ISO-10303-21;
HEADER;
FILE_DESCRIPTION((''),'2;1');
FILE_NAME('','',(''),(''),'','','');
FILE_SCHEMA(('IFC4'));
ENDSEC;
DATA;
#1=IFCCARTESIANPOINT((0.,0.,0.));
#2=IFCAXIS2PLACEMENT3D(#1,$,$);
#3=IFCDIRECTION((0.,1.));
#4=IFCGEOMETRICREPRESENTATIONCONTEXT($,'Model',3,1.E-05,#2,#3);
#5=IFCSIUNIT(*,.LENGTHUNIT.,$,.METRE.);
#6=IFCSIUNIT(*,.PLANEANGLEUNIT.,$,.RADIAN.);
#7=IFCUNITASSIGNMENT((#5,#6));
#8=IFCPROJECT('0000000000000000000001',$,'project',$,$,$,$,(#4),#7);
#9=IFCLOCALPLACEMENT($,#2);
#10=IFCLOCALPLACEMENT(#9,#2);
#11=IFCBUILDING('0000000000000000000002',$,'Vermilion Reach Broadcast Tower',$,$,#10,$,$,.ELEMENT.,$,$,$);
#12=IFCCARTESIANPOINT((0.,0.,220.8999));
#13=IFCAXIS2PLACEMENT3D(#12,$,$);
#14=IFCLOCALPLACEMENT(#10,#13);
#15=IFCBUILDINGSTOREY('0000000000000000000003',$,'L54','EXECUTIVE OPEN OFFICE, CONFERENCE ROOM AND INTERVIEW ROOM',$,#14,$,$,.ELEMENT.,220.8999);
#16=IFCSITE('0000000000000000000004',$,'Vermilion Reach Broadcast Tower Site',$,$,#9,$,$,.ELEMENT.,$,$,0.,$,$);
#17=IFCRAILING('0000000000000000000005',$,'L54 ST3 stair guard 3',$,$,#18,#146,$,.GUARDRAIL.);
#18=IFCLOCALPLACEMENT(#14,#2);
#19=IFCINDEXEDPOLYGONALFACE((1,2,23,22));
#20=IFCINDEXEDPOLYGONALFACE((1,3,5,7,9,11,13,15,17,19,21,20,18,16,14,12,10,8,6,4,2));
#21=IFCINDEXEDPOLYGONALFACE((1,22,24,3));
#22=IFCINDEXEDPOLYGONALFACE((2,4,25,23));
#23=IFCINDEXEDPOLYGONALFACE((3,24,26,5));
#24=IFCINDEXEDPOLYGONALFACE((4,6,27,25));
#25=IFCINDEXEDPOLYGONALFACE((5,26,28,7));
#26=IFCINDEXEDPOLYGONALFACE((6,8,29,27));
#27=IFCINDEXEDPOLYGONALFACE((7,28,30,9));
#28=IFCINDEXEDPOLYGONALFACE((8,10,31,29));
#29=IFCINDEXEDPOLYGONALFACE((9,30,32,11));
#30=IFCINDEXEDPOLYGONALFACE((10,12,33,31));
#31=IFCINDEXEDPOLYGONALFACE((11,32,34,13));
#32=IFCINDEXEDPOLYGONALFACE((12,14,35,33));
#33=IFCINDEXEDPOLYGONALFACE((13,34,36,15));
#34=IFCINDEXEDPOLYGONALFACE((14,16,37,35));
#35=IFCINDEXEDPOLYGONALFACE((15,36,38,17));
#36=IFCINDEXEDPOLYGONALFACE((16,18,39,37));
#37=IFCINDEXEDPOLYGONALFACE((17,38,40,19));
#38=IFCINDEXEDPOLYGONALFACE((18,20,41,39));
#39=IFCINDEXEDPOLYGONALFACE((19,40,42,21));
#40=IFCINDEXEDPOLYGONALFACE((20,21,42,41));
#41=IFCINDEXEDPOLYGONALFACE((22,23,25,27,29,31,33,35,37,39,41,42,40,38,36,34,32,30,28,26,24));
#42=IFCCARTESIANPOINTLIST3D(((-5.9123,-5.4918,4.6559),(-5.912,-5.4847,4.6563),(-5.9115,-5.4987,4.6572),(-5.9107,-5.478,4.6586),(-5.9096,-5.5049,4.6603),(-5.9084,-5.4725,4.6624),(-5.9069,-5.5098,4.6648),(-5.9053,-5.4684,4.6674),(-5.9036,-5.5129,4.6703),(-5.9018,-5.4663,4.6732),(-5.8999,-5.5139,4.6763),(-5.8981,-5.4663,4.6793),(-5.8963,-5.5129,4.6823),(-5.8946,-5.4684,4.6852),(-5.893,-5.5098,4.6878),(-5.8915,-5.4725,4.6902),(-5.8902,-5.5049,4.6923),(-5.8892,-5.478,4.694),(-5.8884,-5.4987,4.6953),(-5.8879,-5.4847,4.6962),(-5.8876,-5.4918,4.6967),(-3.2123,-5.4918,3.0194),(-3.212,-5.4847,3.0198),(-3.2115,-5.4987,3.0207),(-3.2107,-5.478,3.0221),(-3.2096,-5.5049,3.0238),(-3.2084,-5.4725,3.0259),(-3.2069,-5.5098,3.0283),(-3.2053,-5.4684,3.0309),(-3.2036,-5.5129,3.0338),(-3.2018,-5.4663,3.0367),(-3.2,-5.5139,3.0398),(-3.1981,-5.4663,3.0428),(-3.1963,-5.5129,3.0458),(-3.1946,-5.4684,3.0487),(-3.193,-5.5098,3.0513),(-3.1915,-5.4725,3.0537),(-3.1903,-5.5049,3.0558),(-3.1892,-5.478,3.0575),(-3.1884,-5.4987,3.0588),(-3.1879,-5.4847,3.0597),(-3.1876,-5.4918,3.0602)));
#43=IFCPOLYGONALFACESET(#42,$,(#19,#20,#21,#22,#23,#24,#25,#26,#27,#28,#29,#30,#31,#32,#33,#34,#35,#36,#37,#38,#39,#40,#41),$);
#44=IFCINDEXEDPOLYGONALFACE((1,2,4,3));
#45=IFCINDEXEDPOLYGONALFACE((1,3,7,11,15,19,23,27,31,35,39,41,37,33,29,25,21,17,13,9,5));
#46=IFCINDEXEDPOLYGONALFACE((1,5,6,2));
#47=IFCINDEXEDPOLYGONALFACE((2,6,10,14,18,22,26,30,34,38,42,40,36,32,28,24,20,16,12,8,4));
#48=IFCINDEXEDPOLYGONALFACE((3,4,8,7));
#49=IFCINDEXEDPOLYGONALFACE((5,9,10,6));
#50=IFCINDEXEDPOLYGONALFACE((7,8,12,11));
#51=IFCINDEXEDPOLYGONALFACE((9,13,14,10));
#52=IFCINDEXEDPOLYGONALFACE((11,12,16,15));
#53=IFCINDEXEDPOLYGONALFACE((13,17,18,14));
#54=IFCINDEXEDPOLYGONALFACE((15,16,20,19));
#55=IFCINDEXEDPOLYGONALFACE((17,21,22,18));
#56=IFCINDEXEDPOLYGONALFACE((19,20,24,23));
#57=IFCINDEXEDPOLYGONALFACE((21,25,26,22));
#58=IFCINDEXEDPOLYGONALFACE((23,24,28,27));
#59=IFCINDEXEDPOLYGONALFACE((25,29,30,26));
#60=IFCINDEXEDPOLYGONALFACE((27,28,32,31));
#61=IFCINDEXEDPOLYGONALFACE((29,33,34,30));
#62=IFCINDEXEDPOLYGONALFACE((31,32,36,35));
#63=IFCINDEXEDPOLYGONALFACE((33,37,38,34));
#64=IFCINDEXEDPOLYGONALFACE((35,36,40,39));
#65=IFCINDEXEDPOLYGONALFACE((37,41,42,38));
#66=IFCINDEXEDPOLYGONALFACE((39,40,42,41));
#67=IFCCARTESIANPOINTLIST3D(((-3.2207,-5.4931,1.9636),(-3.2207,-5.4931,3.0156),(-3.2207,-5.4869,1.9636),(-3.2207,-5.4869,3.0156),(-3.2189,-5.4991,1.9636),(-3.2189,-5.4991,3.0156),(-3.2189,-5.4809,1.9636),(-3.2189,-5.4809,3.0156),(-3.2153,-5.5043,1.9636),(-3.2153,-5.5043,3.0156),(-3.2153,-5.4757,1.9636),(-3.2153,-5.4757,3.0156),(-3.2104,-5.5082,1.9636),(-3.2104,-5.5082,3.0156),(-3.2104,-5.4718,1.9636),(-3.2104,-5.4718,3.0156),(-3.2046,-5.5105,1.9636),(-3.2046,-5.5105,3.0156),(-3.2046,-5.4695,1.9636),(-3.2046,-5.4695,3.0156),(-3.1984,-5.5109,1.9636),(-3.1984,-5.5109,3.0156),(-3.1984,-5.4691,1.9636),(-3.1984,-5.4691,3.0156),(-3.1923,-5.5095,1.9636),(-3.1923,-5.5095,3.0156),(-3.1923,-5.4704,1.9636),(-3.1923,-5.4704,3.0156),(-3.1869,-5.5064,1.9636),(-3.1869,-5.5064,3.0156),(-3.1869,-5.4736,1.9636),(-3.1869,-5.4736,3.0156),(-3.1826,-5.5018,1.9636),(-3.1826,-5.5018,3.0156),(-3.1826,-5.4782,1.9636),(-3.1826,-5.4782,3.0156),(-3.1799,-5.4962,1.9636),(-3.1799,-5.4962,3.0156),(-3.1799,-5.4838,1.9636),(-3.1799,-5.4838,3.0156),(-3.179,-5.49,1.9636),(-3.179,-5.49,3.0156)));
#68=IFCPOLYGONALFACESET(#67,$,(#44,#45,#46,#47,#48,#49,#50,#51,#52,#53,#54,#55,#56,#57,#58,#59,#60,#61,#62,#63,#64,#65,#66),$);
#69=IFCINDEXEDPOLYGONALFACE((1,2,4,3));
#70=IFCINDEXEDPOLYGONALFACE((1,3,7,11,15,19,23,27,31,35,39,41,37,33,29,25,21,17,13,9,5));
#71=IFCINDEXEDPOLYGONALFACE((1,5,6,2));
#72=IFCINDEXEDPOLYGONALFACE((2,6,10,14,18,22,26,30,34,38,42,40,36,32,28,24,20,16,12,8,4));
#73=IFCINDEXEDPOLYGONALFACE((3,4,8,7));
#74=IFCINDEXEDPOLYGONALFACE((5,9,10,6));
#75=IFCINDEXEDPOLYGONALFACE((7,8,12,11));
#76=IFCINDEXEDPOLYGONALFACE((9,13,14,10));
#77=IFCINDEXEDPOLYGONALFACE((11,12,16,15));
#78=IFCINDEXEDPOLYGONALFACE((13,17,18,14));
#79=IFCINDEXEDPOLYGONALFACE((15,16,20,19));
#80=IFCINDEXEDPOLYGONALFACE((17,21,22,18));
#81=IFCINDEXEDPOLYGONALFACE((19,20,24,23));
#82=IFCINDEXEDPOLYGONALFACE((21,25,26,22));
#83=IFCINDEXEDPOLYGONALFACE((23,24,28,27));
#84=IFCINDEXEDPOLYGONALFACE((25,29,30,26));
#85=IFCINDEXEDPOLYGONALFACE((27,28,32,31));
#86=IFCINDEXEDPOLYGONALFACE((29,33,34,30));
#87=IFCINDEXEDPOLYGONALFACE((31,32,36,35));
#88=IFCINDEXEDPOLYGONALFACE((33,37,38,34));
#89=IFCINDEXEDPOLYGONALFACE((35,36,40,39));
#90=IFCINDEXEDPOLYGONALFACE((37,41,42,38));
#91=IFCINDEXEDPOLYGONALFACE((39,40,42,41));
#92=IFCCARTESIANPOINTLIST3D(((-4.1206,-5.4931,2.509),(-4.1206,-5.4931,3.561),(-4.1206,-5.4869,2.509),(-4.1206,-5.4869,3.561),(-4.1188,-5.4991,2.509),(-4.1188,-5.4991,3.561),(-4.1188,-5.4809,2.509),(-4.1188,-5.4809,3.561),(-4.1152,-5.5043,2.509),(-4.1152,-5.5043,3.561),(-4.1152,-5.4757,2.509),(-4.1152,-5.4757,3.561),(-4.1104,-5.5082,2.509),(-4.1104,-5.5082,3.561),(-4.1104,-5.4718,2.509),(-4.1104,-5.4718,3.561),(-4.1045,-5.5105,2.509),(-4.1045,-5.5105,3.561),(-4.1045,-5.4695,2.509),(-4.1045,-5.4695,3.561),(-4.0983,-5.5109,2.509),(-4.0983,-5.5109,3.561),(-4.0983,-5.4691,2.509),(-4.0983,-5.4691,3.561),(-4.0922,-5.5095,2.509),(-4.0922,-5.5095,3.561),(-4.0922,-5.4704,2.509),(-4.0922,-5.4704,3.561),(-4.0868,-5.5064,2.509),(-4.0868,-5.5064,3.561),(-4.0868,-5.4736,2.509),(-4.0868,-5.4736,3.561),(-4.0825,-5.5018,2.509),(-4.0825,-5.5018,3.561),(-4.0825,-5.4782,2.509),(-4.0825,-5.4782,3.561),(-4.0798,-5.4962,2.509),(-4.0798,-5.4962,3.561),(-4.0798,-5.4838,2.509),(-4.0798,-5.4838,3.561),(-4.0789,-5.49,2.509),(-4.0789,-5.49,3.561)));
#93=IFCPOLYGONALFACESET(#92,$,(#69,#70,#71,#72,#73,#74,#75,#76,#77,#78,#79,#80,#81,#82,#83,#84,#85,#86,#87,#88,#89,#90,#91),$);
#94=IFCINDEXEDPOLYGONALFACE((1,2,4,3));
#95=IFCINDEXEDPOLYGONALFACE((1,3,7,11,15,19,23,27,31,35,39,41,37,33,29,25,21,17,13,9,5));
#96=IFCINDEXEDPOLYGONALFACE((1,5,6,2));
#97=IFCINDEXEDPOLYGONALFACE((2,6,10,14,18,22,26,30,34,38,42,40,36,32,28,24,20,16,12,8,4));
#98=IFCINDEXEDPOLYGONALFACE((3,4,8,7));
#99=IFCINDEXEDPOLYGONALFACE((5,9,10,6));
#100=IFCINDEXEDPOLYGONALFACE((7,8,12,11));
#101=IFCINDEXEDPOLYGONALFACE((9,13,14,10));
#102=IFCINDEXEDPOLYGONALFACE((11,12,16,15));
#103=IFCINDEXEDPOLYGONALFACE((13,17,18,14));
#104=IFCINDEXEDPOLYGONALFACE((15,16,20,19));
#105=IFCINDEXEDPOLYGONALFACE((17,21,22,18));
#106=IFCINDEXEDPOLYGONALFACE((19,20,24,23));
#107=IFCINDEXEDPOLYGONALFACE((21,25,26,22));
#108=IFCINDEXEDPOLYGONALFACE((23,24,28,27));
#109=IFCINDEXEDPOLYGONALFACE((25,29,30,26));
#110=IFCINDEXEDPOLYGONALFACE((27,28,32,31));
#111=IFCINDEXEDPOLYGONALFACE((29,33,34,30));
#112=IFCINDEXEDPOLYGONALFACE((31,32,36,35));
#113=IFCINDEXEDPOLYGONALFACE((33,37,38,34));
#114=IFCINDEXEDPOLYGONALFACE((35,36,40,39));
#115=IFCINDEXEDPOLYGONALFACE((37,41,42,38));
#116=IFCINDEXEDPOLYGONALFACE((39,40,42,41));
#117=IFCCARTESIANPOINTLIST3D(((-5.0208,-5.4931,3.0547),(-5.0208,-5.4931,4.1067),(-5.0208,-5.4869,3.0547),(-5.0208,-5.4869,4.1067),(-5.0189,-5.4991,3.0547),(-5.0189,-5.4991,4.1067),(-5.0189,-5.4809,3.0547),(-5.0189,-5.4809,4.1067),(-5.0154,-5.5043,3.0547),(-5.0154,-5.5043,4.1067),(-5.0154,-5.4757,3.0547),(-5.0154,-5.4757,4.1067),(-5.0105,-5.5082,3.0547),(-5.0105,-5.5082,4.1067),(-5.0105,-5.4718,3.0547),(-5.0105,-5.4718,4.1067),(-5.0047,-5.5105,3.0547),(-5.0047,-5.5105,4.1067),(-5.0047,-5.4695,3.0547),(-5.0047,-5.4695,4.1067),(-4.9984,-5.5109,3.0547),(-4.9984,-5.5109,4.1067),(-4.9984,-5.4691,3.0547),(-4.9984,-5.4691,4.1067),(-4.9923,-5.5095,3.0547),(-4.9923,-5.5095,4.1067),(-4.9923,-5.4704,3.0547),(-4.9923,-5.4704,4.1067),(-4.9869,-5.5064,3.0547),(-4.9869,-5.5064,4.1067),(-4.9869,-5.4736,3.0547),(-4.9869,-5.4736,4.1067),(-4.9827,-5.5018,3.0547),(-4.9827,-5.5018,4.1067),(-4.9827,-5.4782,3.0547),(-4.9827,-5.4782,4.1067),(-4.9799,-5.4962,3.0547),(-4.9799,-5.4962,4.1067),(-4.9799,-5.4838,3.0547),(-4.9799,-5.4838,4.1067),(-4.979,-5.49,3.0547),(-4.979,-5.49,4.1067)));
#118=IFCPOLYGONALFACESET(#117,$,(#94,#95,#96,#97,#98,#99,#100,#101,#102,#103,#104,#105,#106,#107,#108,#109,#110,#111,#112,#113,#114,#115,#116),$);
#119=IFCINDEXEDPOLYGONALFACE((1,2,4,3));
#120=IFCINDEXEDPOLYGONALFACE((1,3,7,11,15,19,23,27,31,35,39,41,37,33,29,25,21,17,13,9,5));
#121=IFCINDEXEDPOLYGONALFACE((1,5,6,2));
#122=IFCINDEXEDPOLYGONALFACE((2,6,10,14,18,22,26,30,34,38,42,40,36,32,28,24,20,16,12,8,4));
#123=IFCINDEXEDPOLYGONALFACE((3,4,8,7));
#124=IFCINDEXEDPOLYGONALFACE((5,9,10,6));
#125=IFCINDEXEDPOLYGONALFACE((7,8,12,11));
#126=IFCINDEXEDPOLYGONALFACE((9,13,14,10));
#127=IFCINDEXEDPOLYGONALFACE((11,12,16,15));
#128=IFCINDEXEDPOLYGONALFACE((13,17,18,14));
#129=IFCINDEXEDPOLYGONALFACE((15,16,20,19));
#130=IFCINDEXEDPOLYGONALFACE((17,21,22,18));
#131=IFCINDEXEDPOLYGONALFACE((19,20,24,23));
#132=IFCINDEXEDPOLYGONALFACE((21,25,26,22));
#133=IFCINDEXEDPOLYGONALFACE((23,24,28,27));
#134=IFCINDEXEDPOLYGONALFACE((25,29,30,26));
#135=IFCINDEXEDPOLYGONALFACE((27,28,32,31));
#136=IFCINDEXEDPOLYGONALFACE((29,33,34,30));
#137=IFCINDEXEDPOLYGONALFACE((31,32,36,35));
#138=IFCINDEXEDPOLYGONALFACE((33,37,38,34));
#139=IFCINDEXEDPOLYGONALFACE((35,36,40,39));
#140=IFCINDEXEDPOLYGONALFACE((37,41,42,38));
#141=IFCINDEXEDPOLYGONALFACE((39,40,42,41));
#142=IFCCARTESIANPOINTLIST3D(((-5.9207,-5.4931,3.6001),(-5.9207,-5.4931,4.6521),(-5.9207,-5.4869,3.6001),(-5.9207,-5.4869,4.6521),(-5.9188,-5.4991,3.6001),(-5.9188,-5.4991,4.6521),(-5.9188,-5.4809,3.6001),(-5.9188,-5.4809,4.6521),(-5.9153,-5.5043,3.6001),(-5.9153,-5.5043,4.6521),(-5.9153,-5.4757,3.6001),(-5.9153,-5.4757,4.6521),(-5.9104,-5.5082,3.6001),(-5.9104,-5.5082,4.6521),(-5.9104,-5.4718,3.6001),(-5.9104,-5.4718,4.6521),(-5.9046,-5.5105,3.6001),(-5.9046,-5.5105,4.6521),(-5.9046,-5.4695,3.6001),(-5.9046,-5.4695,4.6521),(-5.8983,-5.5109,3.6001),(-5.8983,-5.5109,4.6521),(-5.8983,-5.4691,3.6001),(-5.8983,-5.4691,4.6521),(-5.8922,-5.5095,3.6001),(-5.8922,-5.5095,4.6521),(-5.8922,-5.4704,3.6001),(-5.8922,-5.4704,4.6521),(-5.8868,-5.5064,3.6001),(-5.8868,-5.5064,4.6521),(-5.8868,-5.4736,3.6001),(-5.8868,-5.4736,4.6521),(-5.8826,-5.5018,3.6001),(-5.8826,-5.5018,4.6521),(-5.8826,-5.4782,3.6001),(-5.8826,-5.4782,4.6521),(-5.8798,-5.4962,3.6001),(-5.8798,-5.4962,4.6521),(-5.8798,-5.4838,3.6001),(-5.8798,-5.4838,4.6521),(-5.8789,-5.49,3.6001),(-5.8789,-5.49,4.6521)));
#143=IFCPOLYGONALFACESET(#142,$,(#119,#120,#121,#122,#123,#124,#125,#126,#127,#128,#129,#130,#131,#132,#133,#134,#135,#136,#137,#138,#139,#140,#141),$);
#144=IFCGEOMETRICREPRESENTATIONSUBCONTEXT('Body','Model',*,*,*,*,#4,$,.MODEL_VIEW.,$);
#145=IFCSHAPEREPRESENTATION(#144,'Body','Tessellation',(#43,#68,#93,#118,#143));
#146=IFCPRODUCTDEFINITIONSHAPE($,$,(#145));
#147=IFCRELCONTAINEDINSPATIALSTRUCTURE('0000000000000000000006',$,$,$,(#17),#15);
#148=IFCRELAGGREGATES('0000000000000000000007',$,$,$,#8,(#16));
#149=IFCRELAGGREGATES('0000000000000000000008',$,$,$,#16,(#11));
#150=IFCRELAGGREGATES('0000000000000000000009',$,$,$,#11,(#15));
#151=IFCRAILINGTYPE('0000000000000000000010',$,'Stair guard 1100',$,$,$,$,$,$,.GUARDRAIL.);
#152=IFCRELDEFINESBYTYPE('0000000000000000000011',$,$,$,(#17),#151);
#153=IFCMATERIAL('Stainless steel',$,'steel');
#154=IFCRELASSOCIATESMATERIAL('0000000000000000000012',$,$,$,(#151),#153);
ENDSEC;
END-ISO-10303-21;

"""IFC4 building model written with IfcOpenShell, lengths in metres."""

from ifc_helpers import new_model, si_unit, direction, frame, origin, origin_2d, place, context, subcontext, project, spatial, circle, extrude, material, type_object, element, save


model = new_model("IFC4")

# Units and contexts
model_context = context("Model", 3, precision=1e-05, world=origin(), true_north=direction((0.0, 1.0)))
body_context = subcontext(model_context, "Body", "Model", "MODEL_VIEW")
ifc_project = project(units=[si_unit("LENGTHUNIT", "METRE"), si_unit("PLANEANGLEUNIT", "RADIAN")], contexts=[model_context])

# Site, building, storey
site_placement = place(None, origin())
site = spatial("IfcSite", under=ifc_project, at=site_placement, Name="Vermilion Reach Broadcast Tower Site", CompositionType="ELEMENT", RefElevation=0.0)
building_placement = place(site_placement, origin())
building = spatial("IfcBuilding", under=site, at=building_placement, Name="Vermilion Reach Broadcast Tower", CompositionType="ELEMENT")
storey_placement = place(building_placement, frame((0.0, 0.0, 220.8999)))
storey = spatial("IfcBuildingStorey", under=building, at=storey_placement, Name="L54", Description="EXECUTIVE OPEN OFFICE, CONFERENCE ROOM AND INTERVIEW ROOM", CompositionType="ELEMENT", Elevation=220.8999)

# Railing
ifc_material_1 = material(Name="Stainless steel", Category="steel")
railing_type_1 = type_object("IfcRailingType", Name="Stair guard 1100", PredefinedType="GUARDRAIL", material=ifc_material_1)
railing_1_placement = place(storey_placement, frame((-3.2, -5.49, 1.9636)))
element("IfcRailing", 1, at=railing_1_placement, inside=storey, type_object=railing_type_1, Name="L54 ST3 stair guard 3", PredefinedType="GUARDRAIL", context=body_context, shape_type="SweptSolid", body=[
    extrude(circle(Radius=0.0239, at=origin_2d()), frame((0.0, 0.0, 1.0762), z_axis=(-0.855178, 0.0, 0.518334), x_axis=(0.0, -1.0, 0.0)), (0.0, 0.0, 1.0), 3.1572),
    extrude(circle(Radius=0.021, at=origin_2d()), origin(), (0.0, 0.0, 1.0), 1.052),
    extrude(circle(Radius=0.021, at=origin_2d()), frame((-0.8999, 0.0, 0.5454)), (0.0, 0.0, 1.0), 1.052),
    extrude(circle(Radius=0.021, at=origin_2d()), frame((-1.8, 0.0, 1.0911)), (0.0, 0.0, 1.0), 1.052),
    extrude(circle(Radius=0.021, at=origin_2d()), frame((-2.7, 0.0, 1.6365)), (0.0, 0.0, 1.0), 1.052),
])

save(model, "model.ifc")
